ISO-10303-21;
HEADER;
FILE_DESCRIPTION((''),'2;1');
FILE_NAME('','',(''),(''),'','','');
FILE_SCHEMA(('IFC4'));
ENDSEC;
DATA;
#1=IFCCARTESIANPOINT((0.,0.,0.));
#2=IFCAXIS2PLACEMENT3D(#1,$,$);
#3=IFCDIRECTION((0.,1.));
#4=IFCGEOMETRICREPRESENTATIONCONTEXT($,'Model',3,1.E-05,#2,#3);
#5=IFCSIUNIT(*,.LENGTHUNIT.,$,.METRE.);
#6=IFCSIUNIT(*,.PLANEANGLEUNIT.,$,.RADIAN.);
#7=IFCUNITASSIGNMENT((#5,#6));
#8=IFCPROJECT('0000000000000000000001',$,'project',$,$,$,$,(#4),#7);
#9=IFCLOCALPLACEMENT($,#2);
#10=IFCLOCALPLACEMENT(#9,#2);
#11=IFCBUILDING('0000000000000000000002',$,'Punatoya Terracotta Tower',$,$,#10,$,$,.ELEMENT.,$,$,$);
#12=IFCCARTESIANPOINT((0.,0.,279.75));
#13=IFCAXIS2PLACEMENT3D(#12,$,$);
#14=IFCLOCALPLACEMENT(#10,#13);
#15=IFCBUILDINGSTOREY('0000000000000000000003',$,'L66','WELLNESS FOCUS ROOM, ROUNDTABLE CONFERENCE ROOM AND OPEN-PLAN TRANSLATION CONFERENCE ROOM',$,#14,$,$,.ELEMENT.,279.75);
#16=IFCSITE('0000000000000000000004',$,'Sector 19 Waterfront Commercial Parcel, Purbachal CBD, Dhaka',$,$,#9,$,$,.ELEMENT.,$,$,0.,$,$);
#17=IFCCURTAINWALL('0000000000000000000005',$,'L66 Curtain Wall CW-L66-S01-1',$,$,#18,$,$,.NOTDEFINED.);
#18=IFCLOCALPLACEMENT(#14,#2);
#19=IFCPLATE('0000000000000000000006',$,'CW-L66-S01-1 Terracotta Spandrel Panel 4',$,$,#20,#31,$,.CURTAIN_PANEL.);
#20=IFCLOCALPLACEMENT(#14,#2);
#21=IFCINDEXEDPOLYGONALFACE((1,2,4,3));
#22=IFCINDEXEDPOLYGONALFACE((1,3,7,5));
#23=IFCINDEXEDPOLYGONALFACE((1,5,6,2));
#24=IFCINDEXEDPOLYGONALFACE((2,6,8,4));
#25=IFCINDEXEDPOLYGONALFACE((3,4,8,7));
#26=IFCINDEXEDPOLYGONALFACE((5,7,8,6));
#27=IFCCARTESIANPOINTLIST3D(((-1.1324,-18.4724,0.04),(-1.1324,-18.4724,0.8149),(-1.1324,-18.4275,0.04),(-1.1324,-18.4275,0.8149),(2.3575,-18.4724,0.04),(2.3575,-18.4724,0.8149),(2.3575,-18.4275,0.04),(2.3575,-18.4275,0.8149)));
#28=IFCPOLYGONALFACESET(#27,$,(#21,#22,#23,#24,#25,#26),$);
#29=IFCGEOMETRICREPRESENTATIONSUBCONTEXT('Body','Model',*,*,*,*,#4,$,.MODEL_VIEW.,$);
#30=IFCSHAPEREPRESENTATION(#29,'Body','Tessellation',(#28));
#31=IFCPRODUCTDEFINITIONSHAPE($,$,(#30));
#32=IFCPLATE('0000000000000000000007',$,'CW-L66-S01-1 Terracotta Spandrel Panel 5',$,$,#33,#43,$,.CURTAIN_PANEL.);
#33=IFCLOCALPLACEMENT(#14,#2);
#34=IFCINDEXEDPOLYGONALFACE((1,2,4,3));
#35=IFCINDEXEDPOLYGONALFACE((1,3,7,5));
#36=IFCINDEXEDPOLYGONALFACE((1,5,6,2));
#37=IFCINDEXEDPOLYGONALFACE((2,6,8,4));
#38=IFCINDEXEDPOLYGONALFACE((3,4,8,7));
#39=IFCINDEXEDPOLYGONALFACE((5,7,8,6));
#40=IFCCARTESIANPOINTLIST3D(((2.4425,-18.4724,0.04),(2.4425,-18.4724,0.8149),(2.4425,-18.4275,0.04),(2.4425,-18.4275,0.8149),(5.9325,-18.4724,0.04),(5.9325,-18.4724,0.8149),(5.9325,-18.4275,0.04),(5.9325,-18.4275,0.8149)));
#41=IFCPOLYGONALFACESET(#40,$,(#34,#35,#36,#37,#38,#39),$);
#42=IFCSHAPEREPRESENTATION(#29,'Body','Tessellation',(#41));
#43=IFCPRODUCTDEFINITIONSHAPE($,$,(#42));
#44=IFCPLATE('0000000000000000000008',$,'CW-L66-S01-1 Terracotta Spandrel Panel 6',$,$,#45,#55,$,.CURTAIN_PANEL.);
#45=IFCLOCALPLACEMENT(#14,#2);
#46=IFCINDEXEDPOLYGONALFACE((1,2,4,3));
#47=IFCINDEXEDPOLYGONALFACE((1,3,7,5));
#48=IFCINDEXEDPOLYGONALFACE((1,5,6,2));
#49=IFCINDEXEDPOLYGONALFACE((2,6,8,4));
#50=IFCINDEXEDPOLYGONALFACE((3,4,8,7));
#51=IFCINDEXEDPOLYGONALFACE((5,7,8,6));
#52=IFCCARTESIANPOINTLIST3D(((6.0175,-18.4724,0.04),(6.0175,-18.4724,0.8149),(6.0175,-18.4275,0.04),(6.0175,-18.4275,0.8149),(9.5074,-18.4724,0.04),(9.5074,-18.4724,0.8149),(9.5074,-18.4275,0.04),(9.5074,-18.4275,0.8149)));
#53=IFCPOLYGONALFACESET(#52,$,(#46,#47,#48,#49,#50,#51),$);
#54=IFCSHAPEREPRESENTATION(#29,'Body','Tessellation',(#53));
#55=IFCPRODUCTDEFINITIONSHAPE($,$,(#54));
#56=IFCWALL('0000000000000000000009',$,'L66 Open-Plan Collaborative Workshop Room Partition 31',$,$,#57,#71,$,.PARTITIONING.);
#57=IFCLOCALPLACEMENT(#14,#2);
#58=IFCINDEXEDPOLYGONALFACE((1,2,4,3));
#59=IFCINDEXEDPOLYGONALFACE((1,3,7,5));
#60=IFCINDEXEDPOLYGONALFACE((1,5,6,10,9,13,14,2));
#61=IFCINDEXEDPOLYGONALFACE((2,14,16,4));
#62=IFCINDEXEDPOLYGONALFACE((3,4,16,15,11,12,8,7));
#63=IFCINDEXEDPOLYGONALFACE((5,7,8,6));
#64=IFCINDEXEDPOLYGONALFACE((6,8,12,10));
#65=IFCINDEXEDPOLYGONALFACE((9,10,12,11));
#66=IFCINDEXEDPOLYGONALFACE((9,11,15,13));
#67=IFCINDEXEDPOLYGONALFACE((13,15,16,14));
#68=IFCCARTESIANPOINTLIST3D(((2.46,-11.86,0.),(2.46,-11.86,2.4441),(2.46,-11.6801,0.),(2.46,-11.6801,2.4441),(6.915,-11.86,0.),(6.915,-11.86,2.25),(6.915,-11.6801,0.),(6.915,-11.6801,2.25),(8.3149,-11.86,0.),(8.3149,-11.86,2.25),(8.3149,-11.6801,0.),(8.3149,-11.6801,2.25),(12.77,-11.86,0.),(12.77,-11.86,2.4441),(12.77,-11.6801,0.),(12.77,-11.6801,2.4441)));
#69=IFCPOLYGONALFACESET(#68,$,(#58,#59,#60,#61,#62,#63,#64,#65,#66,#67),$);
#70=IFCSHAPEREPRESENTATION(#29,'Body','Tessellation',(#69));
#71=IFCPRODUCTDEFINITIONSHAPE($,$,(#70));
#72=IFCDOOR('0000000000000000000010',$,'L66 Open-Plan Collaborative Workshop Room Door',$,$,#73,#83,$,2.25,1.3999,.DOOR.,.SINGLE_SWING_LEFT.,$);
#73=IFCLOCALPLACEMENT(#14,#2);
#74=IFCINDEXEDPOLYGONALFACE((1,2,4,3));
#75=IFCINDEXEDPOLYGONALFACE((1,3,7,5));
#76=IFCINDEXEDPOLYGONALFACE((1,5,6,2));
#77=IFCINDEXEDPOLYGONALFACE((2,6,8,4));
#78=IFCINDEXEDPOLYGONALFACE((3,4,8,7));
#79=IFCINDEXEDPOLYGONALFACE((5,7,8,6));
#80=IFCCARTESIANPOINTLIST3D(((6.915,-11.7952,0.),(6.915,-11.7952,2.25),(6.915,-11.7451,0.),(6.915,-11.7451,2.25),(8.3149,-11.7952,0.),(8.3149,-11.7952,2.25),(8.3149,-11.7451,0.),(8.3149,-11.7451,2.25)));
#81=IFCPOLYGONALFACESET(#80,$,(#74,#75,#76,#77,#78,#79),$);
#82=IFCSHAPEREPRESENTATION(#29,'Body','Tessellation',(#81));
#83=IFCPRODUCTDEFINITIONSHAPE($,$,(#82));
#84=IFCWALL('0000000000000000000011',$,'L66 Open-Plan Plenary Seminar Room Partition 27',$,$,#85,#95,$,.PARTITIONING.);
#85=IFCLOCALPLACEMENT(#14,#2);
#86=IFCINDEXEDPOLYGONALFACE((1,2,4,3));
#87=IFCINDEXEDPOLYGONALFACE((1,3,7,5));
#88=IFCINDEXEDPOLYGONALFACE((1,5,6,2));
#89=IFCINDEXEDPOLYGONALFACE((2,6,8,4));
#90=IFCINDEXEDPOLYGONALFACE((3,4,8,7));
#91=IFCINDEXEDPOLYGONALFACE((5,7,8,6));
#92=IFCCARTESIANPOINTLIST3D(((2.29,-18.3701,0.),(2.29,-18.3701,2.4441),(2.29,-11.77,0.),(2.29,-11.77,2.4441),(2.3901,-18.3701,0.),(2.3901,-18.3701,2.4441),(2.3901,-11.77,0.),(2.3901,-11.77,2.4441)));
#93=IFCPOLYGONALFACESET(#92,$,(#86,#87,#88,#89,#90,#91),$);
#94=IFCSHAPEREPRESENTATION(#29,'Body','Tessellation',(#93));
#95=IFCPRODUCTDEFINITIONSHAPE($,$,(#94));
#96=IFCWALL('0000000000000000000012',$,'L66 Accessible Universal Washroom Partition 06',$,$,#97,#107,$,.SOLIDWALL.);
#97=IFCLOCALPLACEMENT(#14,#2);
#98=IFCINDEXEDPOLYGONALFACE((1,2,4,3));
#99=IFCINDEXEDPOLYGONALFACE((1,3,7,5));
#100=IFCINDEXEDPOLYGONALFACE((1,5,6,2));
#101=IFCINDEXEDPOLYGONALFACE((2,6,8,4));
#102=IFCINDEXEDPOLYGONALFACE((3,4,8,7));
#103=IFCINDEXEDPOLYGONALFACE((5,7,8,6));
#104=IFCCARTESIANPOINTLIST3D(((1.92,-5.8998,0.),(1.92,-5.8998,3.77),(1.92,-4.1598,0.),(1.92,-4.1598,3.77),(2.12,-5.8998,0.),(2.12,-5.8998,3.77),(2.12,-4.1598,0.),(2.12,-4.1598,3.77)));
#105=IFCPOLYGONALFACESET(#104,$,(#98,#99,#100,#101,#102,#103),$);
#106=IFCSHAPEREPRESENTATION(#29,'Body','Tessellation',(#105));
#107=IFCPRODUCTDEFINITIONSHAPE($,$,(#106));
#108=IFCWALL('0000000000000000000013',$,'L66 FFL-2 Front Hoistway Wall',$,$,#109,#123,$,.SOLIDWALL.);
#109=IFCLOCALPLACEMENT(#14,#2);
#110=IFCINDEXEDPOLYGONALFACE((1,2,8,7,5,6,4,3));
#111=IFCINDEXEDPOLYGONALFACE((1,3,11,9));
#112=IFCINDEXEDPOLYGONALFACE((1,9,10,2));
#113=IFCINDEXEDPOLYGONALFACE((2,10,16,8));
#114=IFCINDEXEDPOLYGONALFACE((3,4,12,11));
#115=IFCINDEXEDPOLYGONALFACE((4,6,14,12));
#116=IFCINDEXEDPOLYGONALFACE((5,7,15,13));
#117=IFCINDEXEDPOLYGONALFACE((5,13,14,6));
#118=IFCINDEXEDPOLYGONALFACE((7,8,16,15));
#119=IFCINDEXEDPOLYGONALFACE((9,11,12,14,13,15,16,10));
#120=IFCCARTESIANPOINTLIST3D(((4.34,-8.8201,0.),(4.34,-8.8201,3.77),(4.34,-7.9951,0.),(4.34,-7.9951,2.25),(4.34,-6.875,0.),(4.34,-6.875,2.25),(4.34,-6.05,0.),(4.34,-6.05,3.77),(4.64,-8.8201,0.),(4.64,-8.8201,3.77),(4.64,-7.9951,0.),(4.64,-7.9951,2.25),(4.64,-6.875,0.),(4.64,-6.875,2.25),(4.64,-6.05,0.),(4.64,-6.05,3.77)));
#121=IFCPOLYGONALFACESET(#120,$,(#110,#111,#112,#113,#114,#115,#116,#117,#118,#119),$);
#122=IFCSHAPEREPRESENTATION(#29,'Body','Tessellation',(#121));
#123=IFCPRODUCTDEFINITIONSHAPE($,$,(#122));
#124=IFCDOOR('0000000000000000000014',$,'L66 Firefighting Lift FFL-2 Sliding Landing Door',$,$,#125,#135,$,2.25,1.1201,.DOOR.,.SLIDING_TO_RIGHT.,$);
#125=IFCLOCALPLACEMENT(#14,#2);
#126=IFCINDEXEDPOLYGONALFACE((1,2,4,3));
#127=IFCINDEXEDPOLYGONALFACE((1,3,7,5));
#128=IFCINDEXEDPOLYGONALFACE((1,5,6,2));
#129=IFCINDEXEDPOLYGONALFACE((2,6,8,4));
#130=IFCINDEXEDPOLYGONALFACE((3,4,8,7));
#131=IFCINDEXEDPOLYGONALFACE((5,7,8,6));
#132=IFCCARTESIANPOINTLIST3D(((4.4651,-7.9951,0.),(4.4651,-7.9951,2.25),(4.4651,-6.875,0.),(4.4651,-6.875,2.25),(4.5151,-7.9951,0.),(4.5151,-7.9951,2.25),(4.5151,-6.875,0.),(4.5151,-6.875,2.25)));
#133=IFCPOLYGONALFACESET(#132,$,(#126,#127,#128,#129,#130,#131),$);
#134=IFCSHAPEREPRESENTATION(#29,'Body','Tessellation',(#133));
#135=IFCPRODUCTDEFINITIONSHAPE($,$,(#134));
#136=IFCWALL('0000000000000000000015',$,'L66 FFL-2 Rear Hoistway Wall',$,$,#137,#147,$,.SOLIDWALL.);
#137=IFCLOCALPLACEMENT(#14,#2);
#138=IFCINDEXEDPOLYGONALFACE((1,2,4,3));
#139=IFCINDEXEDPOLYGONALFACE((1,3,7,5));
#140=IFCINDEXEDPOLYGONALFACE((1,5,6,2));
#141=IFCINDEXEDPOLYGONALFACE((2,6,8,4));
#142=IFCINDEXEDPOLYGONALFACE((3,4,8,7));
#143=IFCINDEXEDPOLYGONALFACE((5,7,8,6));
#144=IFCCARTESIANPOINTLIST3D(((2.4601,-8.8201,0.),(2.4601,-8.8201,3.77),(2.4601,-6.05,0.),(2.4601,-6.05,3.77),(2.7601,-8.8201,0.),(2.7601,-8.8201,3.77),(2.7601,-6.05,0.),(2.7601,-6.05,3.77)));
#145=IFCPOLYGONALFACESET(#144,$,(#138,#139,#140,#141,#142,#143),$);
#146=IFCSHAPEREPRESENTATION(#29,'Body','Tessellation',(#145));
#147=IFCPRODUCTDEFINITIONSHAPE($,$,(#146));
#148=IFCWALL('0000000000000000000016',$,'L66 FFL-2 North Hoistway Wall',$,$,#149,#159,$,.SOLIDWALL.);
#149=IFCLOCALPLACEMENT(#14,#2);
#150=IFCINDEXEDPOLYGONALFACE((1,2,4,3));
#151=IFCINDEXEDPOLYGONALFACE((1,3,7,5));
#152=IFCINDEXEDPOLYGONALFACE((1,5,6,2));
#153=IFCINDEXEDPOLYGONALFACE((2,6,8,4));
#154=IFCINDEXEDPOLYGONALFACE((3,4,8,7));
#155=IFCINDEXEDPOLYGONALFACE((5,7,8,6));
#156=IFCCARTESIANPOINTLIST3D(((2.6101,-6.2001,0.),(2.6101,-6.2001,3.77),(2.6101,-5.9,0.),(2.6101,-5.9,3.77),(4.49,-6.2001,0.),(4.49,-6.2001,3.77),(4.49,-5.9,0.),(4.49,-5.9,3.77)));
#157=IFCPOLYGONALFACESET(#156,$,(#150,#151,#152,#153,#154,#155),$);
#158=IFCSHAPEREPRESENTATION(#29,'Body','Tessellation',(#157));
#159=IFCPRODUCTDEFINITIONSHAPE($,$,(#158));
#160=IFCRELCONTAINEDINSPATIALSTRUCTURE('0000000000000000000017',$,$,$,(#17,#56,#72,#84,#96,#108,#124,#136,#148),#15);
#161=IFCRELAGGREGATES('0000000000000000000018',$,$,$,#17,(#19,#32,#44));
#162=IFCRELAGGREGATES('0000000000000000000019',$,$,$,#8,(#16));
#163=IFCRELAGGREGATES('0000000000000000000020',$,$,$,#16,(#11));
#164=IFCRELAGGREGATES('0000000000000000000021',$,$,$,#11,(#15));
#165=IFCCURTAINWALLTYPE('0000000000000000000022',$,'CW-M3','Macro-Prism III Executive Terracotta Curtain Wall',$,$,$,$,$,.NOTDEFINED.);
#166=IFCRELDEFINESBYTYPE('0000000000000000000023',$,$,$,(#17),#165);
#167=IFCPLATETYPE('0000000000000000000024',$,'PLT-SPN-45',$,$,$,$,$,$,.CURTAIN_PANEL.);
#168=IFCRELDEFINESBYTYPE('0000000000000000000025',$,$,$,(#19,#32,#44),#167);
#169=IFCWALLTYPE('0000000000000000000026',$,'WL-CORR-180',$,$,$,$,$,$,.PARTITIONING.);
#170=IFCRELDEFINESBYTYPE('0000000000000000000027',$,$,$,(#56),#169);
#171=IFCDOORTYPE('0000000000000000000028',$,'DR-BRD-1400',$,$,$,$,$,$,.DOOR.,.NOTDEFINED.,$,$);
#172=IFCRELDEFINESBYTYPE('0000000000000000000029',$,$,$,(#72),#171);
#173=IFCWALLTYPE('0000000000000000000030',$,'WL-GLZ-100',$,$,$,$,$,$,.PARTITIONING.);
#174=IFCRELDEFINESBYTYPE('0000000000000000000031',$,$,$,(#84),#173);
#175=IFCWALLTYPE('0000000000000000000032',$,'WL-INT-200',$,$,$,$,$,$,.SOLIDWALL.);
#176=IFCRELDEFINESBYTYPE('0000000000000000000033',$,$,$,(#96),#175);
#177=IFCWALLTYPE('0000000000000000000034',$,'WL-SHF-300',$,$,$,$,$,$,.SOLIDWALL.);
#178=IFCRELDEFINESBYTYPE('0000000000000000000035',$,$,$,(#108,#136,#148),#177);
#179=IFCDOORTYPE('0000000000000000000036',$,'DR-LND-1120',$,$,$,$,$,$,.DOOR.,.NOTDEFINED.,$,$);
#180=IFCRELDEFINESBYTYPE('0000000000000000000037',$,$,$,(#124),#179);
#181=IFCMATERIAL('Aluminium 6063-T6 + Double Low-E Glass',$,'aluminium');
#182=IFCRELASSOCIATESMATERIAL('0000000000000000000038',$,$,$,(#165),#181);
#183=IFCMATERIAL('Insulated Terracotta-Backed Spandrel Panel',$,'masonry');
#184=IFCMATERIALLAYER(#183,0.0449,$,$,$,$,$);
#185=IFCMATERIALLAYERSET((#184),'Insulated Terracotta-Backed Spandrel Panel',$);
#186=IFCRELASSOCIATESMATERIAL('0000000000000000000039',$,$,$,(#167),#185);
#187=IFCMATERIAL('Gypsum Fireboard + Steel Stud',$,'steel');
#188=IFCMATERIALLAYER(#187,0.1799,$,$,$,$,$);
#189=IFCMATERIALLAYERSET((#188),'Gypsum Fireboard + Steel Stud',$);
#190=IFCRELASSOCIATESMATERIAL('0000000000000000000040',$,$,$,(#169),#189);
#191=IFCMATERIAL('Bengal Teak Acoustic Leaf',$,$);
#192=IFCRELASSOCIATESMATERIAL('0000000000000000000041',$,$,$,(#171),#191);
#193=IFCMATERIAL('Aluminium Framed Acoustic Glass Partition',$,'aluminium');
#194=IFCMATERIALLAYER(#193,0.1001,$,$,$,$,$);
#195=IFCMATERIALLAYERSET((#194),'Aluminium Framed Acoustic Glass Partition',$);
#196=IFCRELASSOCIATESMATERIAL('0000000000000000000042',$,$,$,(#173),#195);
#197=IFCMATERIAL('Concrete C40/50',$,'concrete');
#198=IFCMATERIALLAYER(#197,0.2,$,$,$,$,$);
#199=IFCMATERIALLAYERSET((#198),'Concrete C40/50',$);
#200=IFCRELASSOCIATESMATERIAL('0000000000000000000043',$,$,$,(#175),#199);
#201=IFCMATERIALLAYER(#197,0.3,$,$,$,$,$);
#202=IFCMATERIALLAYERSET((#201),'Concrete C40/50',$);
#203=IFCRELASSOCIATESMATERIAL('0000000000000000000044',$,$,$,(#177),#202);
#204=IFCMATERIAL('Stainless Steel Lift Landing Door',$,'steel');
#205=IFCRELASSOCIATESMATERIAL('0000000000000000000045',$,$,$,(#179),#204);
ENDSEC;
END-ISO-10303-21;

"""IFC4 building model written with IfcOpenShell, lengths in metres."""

from ifc_helpers import new_model, si_unit, direction, frame, frame_2d, origin, origin_2d, place, context, subcontext, project, spatial, rectangle, extrude, material, layer, layer_set, type_object, element, fill, aggregate, save


model = new_model("IFC4")

# Units and contexts
model_context = context("Model", 3, precision=1e-05, world=origin(), true_north=direction((0.0, 1.0)))
body_context = subcontext(model_context, "Body", "Model", "MODEL_VIEW")
ifc_project = project(units=[si_unit("LENGTHUNIT", "METRE"), si_unit("PLANEANGLEUNIT", "RADIAN")], contexts=[model_context])

# Site, building, storey
site_placement = place(None, origin())
site = spatial("IfcSite", under=ifc_project, at=site_placement, Name="Sector 19 Waterfront Commercial Parcel, Purbachal CBD, Dhaka", CompositionType="ELEMENT", RefElevation=0.0)
building_placement = place(site_placement, origin())
building = spatial("IfcBuilding", under=site, at=building_placement, Name="Punatoya Terracotta Tower", CompositionType="ELEMENT")
storey_placement = place(building_placement, frame((0.0, 0.0, 279.75)))
storey = spatial("IfcBuildingStorey", under=building, at=storey_placement, Name="L66", Description="WELLNESS FOCUS ROOM, ROUNDTABLE CONFERENCE ROOM AND OPEN-PLAN TRANSLATION CONFERENCE ROOM", CompositionType="ELEMENT", Elevation=279.75)

# Curtain wall, plates
ifc_material_1 = material(Name="Aluminium 6063-T6 + Double Low-E Glass", Category="aluminium")
curtain_wall_type = type_object("IfcCurtainWallType", Name="CW-M3", Description="Macro-Prism III Executive Terracotta Curtain Wall", PredefinedType="NOTDEFINED", material=ifc_material_1)
curtain_wall_placement = place(storey_placement, origin())
curtain_wall = element("IfcCurtainWall", 1, at=curtain_wall_placement, inside=storey, type_object=curtain_wall_type, Name="L66 Curtain Wall CW-L66-S01-1", PredefinedType="NOTDEFINED")
ifc_material_2 = material(Name="Insulated Terracotta-Backed Spandrel Panel", Category="masonry")
ifc_layer_1 = layer(ifc_material_2, 0.0449)
ifc_layer_set_1 = layer_set([ifc_layer_1], Name="Insulated Terracotta-Backed Spandrel Panel")
plate_type_1 = type_object("IfcPlateType", Name="PLT-SPN-45", PredefinedType="CURTAIN_PANEL", material=ifc_layer_set_1)
plate_1_placement = place(storey_placement, frame((0.6125, -18.45, 0.04), z_axis=(0.0, 0.0, 1.0), x_axis=(1.0, 0.0, 0.0)))
plate_1 = element("IfcPlate", 2, at=plate_1_placement, type_object=plate_type_1, Name="CW-L66-S01-1 Terracotta Spandrel Panel 4", PredefinedType="CURTAIN_PANEL", context=body_context, shape_type="SweptSolid", body=[
    extrude(rectangle(XDim=3.49, YDim=0.0449, at=origin_2d()), origin(), (0.0, 0.0, 1.0), 0.7749),
])
plate_2_placement = place(storey_placement, frame((4.1875, -18.45, 0.04), z_axis=(0.0, 0.0, 1.0), x_axis=(1.0, 0.0, 0.0)))
plate_2 = element("IfcPlate", 3, at=plate_2_placement, type_object=plate_type_1, Name="CW-L66-S01-1 Terracotta Spandrel Panel 5", PredefinedType="CURTAIN_PANEL", context=body_context, shape_type="SweptSolid", body=[
    extrude(rectangle(XDim=3.49, YDim=0.0449, at=origin_2d()), origin(), (0.0, 0.0, 1.0), 0.7749),
])
plate_3_placement = place(storey_placement, frame((7.7625, -18.45, 0.04), z_axis=(0.0, 0.0, 1.0), x_axis=(1.0, 0.0, 0.0)))
plate_3 = element("IfcPlate", 4, at=plate_3_placement, type_object=plate_type_1, Name="CW-L66-S01-1 Terracotta Spandrel Panel 6", PredefinedType="CURTAIN_PANEL", context=body_context, shape_type="SweptSolid", body=[
    extrude(rectangle(XDim=3.49, YDim=0.0449, at=origin_2d()), origin(), (0.0, 0.0, 1.0), 0.7749),
])
aggregate(curtain_wall, [plate_1, plate_2, plate_3])

# Wall, opening, door
ifc_material_3 = material(Name="Gypsum Fireboard + Steel Stud", Category="steel")
ifc_layer_2 = layer(ifc_material_3, 0.1799)
ifc_layer_set_2 = layer_set([ifc_layer_2], Name="Gypsum Fireboard + Steel Stud")
wall_type_1 = type_object("IfcWallType", Name="WL-CORR-180", PredefinedType="PARTITIONING", material=ifc_layer_set_2)
wall_1_placement = place(storey_placement, frame((2.46, -11.77, 0.0), z_axis=(0.0, 0.0, 1.0), x_axis=(1.0, 0.0, 0.0)))
wall_1 = element("IfcWall", 5, at=wall_1_placement, inside=storey, type_object=wall_type_1, Name="L66 Open-Plan Collaborative Workshop Room Partition 31", PredefinedType="PARTITIONING", context=body_context, shape_type="SweptSolid", body=[
    extrude(rectangle(XDim=10.3101, YDim=0.1799, at=frame_2d((5.155, 0.0))), origin(), (0.0, 0.0, 1.0), 2.4441),
])
opening_1_placement = place(wall_1_placement, frame((4.4551, 0.0, 0.0)))
opening_1 = element("IfcOpeningElement", 6, at=opening_1_placement, cuts=wall_1, PredefinedType="OPENING", context=body_context, shape_type="SweptSolid", body=[
    extrude(rectangle(XDim=1.3999, YDim=2.25, at=frame_2d((0.7, 1.125))), frame((0.0, 0.0999, 0.0), z_axis=(0.0, -1.0, 0.0), x_axis=(1.0, 0.0, 0.0)), (0.0, 0.0, 1.0), 0.2),
])
ifc_material_4 = material(Name="Bengal Teak Acoustic Leaf")
door_type_1 = type_object("IfcDoorType", Name="DR-BRD-1400", OperationType="NOTDEFINED", PredefinedType="DOOR", material=ifc_material_4)
door_1_placement = place(opening_1_placement, origin())
door_1 = element("IfcDoor", 7, at=door_1_placement, inside=storey, type_object=door_type_1, Name="L66 Open-Plan Collaborative Workshop Room Door", OperationType="SINGLE_SWING_LEFT", OverallHeight=2.25, OverallWidth=1.3999, PredefinedType="DOOR", context=body_context, shape_type="SweptSolid", body=[
    extrude(rectangle(XDim=1.3999, YDim=2.25, at=frame_2d((0.7, 1.125))), frame((0.0, 0.0249, 0.0), z_axis=(0.0, -1.0, 0.0), x_axis=(1.0, 0.0, 0.0)), (0.0, 0.0, 1.0), 0.05),
])
fill(opening_1, door_1)

# Walls
ifc_material_5 = material(Name="Aluminium Framed Acoustic Glass Partition", Category="aluminium")
ifc_layer_3 = layer(ifc_material_5, 0.1001)
ifc_layer_set_3 = layer_set([ifc_layer_3], Name="Aluminium Framed Acoustic Glass Partition")
wall_type_2 = type_object("IfcWallType", Name="WL-GLZ-100", PredefinedType="PARTITIONING", material=ifc_layer_set_3)
wall_2_placement = place(storey_placement, frame((2.3401, -11.77, 0.0), z_axis=(0.0, 0.0, 1.0), x_axis=(0.0, -1.0, 0.0)))
element("IfcWall", 8, at=wall_2_placement, inside=storey, type_object=wall_type_2, Name="L66 Open-Plan Plenary Seminar Room Partition 27", PredefinedType="PARTITIONING", context=body_context, shape_type="SweptSolid", body=[
    extrude(rectangle(XDim=6.6001, YDim=0.1001, at=frame_2d((3.3, 0.0))), origin(), (0.0, 0.0, 1.0), 2.4441),
])
ifc_material_6 = material(Name="Concrete C40/50", Category="concrete")
ifc_layer_4 = layer(ifc_material_6, 0.2)
ifc_layer_set_4 = layer_set([ifc_layer_4], Name="Concrete C40/50")
wall_type_3 = type_object("IfcWallType", Name="WL-INT-200", PredefinedType="SOLIDWALL", material=ifc_layer_set_4)
wall_3_placement = place(storey_placement, frame((2.02, -5.8999, 0.0), z_axis=(0.0, 0.0, 1.0), x_axis=(0.0, 1.0, 0.0)))
element("IfcWall", 9, at=wall_3_placement, inside=storey, type_object=wall_type_3, Name="L66 Accessible Universal Washroom Partition 06", PredefinedType="SOLIDWALL", context=body_context, shape_type="SweptSolid", body=[
    extrude(rectangle(XDim=1.74, YDim=0.2, at=frame_2d((0.8701, 0.0))), origin(), (0.0, 0.0, 1.0), 3.77),
])

# Wall, opening, door
ifc_layer_5 = layer(ifc_material_6, 0.3)
ifc_layer_set_5 = layer_set([ifc_layer_5], Name="Concrete C40/50")
wall_type_4 = type_object("IfcWallType", Name="WL-SHF-300", PredefinedType="SOLIDWALL", material=ifc_layer_set_5)
wall_4_placement = place(storey_placement, frame((4.49, -8.8201, 0.0), z_axis=(0.0, 0.0, 1.0), x_axis=(0.0, 1.0, 0.0)))
wall_4 = element("IfcWall", 10, at=wall_4_placement, inside=storey, type_object=wall_type_4, Name="L66 FFL-2 Front Hoistway Wall", PredefinedType="SOLIDWALL", context=body_context, shape_type="SweptSolid", body=[
    extrude(rectangle(XDim=2.77, YDim=0.3, at=frame_2d((1.385, 0.0))), origin(), (0.0, 0.0, 1.0), 3.77),
])
opening_2_placement = place(wall_4_placement, frame((0.825, 0.0, 0.0)))
opening_2 = element("IfcOpeningElement", 11, at=opening_2_placement, cuts=wall_4, PredefinedType="OPENING", context=body_context, shape_type="SweptSolid", body=[
    extrude(rectangle(XDim=1.1201, YDim=2.25, at=frame_2d((0.5601, 1.125))), frame((0.0, 0.1599, 0.0), z_axis=(0.0, -1.0, 0.0), x_axis=(1.0, 0.0, 0.0)), (0.0, 0.0, 1.0), 0.3201),
])
ifc_material_7 = material(Name="Stainless Steel Lift Landing Door", Category="steel")
door_type_2 = type_object("IfcDoorType", Name="DR-LND-1120", OperationType="NOTDEFINED", PredefinedType="DOOR", material=ifc_material_7)
door_2_placement = place(opening_2_placement, origin())
door_2 = element("IfcDoor", 12, at=door_2_placement, inside=storey, type_object=door_type_2, Name="L66 Firefighting Lift FFL-2 Sliding Landing Door", OperationType="SLIDING_TO_RIGHT", OverallHeight=2.25, OverallWidth=1.1201, PredefinedType="DOOR", context=body_context, shape_type="SweptSolid", body=[
    extrude(rectangle(XDim=1.1201, YDim=2.25, at=frame_2d((0.5601, 1.125))), frame((0.0, 0.0249, 0.0), z_axis=(0.0, -1.0, 0.0), x_axis=(1.0, 0.0, 0.0)), (0.0, 0.0, 1.0), 0.05),
])
fill(opening_2, door_2)

# Walls
wall_5_placement = place(storey_placement, frame((2.6101, -8.8201, 0.0), z_axis=(0.0, 0.0, 1.0), x_axis=(0.0, 1.0, 0.0)))
element("IfcWall", 13, at=wall_5_placement, inside=storey, type_object=wall_type_4, Name="L66 FFL-2 Rear Hoistway Wall", PredefinedType="SOLIDWALL", context=body_context, shape_type="SweptSolid", body=[
    extrude(rectangle(XDim=2.77, YDim=0.3, at=frame_2d((1.385, 0.0))), origin(), (0.0, 0.0, 1.0), 3.77),
])
wall_6_placement = place(storey_placement, frame((2.6101, -6.05, 0.0), z_axis=(0.0, 0.0, 1.0), x_axis=(1.0, 0.0, 0.0)))
element("IfcWall", 14, at=wall_6_placement, inside=storey, type_object=wall_type_4, Name="L66 FFL-2 North Hoistway Wall", PredefinedType="SOLIDWALL", context=body_context, shape_type="SweptSolid", body=[
    extrude(rectangle(XDim=1.8799, YDim=0.3, at=frame_2d((0.9399, 0.0))), origin(), (0.0, 0.0, 1.0), 3.77),
])

save(model, "model.ifc")
